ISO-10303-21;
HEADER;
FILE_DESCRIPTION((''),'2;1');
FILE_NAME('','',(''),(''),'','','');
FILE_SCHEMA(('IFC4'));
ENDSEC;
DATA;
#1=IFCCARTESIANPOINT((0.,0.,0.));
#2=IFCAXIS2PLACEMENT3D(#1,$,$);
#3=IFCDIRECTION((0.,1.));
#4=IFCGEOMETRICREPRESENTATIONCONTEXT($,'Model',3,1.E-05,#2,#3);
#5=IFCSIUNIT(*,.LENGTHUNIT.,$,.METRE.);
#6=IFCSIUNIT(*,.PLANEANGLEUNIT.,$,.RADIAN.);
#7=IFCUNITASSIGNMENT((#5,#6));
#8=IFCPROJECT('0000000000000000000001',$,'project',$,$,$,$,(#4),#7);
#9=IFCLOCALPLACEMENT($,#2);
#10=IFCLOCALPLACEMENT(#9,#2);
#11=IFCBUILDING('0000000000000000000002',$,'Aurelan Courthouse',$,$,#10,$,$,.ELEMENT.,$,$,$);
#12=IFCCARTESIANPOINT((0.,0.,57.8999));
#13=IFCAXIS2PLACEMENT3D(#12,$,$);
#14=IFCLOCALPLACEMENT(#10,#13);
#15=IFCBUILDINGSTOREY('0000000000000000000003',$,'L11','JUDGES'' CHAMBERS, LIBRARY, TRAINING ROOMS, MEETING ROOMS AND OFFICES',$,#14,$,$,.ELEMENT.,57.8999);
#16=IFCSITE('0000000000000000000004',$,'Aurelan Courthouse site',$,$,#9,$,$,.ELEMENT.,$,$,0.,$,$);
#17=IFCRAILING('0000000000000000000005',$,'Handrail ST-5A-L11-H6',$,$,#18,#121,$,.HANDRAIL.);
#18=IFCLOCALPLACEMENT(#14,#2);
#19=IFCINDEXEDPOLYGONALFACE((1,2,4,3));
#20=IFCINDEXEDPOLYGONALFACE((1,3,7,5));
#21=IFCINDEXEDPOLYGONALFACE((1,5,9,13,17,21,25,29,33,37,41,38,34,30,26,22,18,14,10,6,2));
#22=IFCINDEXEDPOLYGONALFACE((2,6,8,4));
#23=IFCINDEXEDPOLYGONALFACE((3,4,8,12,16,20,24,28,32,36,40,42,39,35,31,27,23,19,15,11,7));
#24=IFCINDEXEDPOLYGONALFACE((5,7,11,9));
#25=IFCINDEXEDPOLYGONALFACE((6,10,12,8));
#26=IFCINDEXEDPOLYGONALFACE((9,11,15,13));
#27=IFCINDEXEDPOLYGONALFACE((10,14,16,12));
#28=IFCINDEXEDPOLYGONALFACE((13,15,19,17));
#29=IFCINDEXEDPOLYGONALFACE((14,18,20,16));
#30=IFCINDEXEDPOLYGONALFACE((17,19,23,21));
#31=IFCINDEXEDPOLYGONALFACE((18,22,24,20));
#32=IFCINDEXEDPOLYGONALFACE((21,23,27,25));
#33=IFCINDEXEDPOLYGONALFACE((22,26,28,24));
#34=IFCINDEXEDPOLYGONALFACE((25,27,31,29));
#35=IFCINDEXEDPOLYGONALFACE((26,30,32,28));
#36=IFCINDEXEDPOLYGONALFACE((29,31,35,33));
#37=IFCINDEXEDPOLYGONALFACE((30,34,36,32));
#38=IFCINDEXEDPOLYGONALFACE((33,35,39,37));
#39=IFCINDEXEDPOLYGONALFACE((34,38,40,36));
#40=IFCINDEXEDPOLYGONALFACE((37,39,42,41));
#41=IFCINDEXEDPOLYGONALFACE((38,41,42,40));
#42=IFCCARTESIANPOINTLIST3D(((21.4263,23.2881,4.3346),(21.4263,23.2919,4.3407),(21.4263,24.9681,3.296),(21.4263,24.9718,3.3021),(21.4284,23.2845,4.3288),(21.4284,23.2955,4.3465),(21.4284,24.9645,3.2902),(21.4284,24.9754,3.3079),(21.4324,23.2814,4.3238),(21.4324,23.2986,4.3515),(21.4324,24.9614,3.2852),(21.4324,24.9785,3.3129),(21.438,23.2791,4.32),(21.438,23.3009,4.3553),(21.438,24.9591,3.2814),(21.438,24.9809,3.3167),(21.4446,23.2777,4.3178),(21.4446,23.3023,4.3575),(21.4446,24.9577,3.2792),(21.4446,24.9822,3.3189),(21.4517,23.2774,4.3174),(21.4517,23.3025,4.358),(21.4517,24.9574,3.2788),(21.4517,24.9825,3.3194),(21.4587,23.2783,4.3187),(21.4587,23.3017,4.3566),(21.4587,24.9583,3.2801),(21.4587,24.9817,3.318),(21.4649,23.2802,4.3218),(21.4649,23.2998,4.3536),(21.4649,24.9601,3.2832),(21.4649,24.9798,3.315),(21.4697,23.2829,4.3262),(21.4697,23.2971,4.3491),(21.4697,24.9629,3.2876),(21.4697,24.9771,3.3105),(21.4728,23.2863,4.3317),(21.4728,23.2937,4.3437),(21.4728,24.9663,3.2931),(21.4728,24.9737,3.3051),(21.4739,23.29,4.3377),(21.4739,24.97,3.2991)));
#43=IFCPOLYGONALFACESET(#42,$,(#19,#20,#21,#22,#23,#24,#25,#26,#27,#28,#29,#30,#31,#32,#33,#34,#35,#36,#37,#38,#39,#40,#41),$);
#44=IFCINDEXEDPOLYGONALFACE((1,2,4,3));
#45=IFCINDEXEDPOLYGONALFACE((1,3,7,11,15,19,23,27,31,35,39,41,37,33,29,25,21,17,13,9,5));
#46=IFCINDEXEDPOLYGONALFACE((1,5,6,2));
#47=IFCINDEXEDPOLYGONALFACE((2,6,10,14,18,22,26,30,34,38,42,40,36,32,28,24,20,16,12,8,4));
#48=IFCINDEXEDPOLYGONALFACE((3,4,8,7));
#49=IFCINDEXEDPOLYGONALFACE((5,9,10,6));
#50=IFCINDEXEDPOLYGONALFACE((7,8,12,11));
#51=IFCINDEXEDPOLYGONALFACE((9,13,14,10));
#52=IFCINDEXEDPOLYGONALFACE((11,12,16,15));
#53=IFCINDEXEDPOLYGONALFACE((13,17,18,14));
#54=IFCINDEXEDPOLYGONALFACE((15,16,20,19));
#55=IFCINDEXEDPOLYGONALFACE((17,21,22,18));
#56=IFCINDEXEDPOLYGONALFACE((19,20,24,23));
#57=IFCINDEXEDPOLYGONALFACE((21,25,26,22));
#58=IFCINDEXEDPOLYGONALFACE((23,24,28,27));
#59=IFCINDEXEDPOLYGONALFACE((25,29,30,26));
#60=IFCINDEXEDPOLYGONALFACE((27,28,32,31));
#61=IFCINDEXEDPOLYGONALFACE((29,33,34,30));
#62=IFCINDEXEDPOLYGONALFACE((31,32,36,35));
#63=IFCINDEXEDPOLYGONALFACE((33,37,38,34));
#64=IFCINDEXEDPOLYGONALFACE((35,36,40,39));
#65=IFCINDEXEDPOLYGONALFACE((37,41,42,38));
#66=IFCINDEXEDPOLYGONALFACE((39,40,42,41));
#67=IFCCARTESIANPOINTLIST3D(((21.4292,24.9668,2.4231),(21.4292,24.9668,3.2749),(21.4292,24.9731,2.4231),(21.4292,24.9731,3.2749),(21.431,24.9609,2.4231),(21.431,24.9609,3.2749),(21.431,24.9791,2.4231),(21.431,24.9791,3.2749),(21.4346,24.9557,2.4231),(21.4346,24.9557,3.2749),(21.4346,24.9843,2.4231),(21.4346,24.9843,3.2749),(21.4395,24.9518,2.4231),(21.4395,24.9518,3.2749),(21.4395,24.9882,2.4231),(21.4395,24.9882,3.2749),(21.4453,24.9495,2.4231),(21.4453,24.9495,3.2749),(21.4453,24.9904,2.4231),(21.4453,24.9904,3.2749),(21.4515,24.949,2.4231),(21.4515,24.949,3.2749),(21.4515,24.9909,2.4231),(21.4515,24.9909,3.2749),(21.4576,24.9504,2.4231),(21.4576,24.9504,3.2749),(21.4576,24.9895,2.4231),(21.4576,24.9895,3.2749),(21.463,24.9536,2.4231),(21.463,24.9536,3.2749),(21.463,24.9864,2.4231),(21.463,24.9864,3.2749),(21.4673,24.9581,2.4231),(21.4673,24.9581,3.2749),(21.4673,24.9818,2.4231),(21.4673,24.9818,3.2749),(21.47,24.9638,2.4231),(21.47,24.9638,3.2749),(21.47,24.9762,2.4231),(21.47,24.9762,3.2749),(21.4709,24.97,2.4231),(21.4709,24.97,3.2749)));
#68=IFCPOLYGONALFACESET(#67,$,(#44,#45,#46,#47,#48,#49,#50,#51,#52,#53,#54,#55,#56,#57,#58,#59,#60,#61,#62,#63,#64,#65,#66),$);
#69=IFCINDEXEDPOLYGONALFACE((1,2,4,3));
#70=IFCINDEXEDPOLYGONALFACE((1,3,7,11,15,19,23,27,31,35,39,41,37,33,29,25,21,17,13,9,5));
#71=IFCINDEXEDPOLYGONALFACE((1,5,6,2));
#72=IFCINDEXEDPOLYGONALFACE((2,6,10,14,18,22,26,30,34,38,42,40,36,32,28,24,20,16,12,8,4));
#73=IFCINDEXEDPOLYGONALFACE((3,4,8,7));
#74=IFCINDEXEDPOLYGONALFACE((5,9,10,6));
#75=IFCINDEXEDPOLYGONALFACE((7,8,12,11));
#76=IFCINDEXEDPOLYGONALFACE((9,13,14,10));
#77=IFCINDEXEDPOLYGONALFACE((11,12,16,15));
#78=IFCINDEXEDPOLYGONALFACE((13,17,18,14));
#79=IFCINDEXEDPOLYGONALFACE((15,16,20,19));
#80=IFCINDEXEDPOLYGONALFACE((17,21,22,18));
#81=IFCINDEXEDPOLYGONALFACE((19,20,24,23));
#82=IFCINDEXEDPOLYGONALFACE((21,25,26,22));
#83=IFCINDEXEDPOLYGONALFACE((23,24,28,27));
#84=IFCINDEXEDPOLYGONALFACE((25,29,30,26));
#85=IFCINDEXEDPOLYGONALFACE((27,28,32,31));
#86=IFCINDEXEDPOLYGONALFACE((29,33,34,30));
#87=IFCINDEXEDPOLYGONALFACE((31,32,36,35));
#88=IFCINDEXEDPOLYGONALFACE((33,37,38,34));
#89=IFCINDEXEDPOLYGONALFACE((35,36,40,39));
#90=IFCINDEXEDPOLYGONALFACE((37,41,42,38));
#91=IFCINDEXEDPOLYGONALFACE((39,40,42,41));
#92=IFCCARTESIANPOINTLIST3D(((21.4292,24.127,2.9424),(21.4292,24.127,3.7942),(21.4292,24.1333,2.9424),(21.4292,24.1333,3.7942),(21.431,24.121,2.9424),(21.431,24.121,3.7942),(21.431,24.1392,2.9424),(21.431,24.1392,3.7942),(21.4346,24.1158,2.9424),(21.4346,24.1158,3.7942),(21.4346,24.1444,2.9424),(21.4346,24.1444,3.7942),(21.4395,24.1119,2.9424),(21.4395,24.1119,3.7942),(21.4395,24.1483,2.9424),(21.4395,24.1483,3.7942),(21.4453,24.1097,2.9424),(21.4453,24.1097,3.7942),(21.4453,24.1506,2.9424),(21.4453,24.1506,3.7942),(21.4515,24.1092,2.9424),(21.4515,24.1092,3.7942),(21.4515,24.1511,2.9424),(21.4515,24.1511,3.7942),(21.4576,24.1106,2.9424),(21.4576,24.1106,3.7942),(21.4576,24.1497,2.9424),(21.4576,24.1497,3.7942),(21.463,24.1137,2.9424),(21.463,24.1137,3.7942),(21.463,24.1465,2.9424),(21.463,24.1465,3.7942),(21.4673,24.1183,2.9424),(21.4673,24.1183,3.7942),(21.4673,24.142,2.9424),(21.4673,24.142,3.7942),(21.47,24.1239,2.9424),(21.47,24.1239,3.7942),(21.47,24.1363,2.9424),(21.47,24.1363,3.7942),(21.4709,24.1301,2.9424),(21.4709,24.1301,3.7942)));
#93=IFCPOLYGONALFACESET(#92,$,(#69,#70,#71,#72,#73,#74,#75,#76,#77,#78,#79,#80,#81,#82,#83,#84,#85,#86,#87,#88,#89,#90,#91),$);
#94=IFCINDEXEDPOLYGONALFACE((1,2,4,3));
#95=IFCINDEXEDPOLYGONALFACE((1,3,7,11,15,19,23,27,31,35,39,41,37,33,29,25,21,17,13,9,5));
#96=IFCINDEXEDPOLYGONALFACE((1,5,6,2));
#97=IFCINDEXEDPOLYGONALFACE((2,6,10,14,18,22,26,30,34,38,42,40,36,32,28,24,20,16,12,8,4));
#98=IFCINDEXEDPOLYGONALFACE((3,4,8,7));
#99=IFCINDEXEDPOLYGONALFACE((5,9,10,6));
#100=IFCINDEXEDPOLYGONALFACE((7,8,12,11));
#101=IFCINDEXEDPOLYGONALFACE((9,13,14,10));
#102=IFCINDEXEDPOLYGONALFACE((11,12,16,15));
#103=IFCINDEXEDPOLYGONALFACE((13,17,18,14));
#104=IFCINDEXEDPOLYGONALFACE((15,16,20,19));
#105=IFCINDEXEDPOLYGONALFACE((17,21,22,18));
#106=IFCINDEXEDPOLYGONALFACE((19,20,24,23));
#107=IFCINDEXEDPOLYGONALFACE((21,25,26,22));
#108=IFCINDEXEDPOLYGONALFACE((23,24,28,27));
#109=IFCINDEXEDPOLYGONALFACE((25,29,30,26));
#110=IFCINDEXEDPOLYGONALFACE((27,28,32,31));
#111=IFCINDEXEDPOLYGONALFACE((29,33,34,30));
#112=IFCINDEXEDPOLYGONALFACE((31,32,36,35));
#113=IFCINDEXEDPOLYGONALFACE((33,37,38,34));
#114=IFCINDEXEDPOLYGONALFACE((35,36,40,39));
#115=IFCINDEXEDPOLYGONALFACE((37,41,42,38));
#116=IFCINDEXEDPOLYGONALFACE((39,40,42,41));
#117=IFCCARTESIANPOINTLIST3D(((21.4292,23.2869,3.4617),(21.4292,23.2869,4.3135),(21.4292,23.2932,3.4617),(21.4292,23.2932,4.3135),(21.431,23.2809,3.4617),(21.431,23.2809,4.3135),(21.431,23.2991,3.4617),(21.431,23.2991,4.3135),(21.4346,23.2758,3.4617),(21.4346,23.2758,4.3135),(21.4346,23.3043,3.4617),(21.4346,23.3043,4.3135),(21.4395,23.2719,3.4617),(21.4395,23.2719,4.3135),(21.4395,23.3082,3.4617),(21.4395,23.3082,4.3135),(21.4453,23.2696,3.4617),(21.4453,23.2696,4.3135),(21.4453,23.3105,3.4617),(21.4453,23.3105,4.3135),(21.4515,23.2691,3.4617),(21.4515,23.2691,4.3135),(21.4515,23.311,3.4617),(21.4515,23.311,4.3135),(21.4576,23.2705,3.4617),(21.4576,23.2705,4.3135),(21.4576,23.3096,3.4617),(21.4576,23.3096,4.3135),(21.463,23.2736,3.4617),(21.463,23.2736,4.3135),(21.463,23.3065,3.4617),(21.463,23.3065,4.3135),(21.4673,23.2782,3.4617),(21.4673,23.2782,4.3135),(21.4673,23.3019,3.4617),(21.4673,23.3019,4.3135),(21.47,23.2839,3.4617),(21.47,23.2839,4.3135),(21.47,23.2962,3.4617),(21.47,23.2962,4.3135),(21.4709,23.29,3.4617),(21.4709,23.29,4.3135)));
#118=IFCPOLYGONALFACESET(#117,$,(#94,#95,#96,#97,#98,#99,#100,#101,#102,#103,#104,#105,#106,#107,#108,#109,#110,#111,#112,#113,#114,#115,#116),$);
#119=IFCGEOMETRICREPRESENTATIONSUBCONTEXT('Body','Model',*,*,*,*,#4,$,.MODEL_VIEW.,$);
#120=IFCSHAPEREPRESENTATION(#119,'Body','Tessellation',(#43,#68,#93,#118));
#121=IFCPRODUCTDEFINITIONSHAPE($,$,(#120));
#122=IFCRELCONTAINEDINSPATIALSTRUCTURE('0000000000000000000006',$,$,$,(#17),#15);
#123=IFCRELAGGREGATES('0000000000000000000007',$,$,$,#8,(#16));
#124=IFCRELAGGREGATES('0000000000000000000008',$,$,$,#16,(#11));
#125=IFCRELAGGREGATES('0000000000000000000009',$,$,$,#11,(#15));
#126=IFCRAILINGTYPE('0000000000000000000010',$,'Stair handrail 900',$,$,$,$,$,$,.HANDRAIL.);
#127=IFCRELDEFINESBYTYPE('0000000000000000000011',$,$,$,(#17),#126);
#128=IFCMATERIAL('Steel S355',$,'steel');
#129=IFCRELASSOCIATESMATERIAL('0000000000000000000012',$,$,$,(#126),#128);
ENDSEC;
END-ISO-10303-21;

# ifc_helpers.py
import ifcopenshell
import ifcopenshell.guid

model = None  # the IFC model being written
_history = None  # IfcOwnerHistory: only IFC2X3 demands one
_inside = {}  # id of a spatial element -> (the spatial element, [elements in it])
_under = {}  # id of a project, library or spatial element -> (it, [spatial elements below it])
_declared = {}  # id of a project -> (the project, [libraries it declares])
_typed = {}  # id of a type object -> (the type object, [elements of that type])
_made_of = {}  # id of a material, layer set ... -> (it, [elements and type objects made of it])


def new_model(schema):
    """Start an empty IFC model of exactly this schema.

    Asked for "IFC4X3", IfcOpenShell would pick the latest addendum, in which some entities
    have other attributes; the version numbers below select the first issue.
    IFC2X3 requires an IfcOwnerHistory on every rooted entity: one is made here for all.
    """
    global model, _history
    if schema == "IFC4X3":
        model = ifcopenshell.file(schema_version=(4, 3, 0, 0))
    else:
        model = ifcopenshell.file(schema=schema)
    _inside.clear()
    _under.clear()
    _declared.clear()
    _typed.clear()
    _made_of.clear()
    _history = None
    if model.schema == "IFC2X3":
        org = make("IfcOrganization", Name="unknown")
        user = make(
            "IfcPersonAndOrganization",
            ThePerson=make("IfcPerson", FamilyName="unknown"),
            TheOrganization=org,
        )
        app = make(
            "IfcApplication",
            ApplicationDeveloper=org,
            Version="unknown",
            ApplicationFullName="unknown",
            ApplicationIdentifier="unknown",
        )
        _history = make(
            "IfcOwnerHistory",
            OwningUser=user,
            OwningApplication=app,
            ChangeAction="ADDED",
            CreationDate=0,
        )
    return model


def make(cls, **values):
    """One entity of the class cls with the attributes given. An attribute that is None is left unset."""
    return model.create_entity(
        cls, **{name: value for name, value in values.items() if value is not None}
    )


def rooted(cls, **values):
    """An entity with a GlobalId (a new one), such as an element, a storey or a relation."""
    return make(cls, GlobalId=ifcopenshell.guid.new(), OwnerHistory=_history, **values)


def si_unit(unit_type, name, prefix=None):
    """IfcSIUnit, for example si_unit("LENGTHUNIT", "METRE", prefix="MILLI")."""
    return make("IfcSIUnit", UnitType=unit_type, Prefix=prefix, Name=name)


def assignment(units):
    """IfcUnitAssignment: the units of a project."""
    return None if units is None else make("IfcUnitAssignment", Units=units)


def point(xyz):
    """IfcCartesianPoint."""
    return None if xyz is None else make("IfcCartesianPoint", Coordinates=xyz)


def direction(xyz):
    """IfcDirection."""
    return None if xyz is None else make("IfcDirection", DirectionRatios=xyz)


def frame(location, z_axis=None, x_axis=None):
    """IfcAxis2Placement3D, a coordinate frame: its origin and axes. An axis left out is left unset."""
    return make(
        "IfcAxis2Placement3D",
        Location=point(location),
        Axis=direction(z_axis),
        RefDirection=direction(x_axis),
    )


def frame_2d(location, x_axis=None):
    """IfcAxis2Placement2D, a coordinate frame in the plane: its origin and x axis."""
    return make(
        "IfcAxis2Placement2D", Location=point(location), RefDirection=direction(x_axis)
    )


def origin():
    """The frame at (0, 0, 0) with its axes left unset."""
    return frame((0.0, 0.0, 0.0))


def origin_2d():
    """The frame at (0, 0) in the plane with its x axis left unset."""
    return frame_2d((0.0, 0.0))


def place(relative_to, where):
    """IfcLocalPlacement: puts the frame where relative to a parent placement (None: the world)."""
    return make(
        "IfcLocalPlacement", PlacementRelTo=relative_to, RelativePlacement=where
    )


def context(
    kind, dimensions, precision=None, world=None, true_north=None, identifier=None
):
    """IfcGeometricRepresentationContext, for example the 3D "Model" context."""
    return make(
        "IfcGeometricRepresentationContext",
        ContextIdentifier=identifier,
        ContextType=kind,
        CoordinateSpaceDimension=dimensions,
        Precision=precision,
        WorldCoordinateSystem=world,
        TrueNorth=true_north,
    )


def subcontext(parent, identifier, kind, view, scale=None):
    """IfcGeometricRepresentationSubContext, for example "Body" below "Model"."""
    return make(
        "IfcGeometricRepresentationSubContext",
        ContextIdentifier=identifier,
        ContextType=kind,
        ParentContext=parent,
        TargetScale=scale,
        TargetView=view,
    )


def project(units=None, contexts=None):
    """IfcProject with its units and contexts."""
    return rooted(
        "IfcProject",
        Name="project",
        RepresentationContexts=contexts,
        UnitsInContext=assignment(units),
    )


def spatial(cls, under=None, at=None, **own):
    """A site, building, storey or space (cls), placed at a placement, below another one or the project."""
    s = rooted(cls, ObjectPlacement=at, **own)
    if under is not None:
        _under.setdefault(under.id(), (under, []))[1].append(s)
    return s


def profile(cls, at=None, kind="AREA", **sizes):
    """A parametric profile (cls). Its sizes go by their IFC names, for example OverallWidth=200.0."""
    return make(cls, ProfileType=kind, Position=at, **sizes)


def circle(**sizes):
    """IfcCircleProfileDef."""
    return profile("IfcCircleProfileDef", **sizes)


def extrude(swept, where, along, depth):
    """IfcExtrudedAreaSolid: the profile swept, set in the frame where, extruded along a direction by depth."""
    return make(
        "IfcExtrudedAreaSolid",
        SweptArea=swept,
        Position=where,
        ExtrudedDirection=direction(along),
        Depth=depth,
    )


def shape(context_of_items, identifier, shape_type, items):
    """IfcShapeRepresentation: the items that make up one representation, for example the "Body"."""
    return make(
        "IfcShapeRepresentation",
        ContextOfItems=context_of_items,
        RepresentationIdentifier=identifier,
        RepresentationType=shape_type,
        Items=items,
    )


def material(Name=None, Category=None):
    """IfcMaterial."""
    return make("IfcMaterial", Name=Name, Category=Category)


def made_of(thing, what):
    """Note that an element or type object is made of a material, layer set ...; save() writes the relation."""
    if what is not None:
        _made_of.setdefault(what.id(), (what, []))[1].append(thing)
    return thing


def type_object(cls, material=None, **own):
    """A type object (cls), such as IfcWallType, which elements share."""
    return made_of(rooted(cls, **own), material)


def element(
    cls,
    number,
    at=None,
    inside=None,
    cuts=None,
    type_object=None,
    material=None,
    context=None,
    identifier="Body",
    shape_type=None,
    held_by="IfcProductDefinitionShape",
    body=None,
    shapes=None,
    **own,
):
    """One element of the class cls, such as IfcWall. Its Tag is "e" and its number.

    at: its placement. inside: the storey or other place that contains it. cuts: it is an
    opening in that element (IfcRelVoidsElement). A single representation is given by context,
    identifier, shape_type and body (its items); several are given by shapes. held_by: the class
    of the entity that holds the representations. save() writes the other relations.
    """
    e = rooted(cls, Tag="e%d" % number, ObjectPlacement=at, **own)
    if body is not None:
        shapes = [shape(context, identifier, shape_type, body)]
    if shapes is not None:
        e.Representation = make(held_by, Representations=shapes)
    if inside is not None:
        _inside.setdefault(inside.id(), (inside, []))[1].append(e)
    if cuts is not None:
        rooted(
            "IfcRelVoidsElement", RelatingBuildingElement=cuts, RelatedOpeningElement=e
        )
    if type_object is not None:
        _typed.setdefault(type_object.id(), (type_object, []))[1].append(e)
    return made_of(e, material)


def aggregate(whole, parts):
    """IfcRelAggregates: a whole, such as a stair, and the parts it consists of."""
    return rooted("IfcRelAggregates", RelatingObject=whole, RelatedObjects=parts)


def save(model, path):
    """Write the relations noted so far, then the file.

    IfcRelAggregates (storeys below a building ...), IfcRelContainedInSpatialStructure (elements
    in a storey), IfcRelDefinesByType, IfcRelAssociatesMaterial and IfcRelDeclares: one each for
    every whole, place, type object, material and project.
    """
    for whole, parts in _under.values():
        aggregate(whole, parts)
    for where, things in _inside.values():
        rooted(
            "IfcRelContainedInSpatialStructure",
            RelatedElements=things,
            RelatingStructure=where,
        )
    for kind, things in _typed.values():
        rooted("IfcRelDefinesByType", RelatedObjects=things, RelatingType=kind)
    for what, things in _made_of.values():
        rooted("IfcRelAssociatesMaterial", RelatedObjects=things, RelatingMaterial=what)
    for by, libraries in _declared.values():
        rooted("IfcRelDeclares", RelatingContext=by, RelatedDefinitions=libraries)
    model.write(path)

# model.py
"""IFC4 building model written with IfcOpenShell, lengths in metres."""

from ifc_helpers import new_model, si_unit, direction, frame, origin, origin_2d, place, context, subcontext, project, spatial, circle, extrude, material, type_object, element, save


model = new_model("IFC4")

# Units and contexts
model_context = context("Model", 3, precision=1e-05, world=origin(), true_north=direction((0.0, 1.0)))
body_context = subcontext(model_context, "Body", "Model", "MODEL_VIEW")
ifc_project = project(units=[si_unit("LENGTHUNIT", "METRE"), si_unit("PLANEANGLEUNIT", "RADIAN")], contexts=[model_context])

# Site, building, storey
site_placement = place(None, origin())
site = spatial("IfcSite", under=ifc_project, at=site_placement, Name="Aurelan Courthouse site", CompositionType="ELEMENT", RefElevation=0.0)
building_placement = place(site_placement, origin())
building = spatial("IfcBuilding", under=site, at=building_placement, Name="Aurelan Courthouse", CompositionType="ELEMENT")
storey_placement = place(building_placement, frame((0.0, 0.0, 57.8999)))
storey = spatial("IfcBuildingStorey", under=building, at=storey_placement, Name="L11", Description="JUDGES' CHAMBERS, LIBRARY, TRAINING ROOMS, MEETING ROOMS AND OFFICES", CompositionType="ELEMENT", Elevation=57.8999)

# Railing
ifc_material_1 = material(Name="Steel S355", Category="steel")
railing_type_1 = type_object("IfcRailingType", Name="Stair handrail 900", PredefinedType="HANDRAIL", material=ifc_material_1)
for number, where, name in (
    (1, (21.45, 24.97, 2.4231), "Handrail ST-5A-L11-H6"),
):
    element("IfcRailing", number, at=place(storey_placement, frame(where)), inside=storey, type_object=railing_type_1, Name=name, PredefinedType="HANDRAIL", context=body_context, shape_type="SweptSolid", body=[
        extrude(circle(Radius=0.0239, at=origin_2d()), frame((0.0, 0.0, 0.876), z_axis=(0.0, -0.850578, 0.525848), x_axis=(1.0, 0.0, 0.0)), (0.0, 0.0, 1.0), 1.9751),
        extrude(circle(Radius=0.021, at=origin_2d()), origin(), (0.0, 0.0, 1.0), 0.8518),
        extrude(circle(Radius=0.021, at=origin_2d()), frame((0.0, -0.8398, 0.5193)), (0.0, 0.0, 1.0), 0.8518),
        extrude(circle(Radius=0.021, at=origin_2d()), frame((0.0, -1.6799, 1.0386)), (0.0, 0.0, 1.0), 0.8518),
    ])

save(model, "model.ifc")
